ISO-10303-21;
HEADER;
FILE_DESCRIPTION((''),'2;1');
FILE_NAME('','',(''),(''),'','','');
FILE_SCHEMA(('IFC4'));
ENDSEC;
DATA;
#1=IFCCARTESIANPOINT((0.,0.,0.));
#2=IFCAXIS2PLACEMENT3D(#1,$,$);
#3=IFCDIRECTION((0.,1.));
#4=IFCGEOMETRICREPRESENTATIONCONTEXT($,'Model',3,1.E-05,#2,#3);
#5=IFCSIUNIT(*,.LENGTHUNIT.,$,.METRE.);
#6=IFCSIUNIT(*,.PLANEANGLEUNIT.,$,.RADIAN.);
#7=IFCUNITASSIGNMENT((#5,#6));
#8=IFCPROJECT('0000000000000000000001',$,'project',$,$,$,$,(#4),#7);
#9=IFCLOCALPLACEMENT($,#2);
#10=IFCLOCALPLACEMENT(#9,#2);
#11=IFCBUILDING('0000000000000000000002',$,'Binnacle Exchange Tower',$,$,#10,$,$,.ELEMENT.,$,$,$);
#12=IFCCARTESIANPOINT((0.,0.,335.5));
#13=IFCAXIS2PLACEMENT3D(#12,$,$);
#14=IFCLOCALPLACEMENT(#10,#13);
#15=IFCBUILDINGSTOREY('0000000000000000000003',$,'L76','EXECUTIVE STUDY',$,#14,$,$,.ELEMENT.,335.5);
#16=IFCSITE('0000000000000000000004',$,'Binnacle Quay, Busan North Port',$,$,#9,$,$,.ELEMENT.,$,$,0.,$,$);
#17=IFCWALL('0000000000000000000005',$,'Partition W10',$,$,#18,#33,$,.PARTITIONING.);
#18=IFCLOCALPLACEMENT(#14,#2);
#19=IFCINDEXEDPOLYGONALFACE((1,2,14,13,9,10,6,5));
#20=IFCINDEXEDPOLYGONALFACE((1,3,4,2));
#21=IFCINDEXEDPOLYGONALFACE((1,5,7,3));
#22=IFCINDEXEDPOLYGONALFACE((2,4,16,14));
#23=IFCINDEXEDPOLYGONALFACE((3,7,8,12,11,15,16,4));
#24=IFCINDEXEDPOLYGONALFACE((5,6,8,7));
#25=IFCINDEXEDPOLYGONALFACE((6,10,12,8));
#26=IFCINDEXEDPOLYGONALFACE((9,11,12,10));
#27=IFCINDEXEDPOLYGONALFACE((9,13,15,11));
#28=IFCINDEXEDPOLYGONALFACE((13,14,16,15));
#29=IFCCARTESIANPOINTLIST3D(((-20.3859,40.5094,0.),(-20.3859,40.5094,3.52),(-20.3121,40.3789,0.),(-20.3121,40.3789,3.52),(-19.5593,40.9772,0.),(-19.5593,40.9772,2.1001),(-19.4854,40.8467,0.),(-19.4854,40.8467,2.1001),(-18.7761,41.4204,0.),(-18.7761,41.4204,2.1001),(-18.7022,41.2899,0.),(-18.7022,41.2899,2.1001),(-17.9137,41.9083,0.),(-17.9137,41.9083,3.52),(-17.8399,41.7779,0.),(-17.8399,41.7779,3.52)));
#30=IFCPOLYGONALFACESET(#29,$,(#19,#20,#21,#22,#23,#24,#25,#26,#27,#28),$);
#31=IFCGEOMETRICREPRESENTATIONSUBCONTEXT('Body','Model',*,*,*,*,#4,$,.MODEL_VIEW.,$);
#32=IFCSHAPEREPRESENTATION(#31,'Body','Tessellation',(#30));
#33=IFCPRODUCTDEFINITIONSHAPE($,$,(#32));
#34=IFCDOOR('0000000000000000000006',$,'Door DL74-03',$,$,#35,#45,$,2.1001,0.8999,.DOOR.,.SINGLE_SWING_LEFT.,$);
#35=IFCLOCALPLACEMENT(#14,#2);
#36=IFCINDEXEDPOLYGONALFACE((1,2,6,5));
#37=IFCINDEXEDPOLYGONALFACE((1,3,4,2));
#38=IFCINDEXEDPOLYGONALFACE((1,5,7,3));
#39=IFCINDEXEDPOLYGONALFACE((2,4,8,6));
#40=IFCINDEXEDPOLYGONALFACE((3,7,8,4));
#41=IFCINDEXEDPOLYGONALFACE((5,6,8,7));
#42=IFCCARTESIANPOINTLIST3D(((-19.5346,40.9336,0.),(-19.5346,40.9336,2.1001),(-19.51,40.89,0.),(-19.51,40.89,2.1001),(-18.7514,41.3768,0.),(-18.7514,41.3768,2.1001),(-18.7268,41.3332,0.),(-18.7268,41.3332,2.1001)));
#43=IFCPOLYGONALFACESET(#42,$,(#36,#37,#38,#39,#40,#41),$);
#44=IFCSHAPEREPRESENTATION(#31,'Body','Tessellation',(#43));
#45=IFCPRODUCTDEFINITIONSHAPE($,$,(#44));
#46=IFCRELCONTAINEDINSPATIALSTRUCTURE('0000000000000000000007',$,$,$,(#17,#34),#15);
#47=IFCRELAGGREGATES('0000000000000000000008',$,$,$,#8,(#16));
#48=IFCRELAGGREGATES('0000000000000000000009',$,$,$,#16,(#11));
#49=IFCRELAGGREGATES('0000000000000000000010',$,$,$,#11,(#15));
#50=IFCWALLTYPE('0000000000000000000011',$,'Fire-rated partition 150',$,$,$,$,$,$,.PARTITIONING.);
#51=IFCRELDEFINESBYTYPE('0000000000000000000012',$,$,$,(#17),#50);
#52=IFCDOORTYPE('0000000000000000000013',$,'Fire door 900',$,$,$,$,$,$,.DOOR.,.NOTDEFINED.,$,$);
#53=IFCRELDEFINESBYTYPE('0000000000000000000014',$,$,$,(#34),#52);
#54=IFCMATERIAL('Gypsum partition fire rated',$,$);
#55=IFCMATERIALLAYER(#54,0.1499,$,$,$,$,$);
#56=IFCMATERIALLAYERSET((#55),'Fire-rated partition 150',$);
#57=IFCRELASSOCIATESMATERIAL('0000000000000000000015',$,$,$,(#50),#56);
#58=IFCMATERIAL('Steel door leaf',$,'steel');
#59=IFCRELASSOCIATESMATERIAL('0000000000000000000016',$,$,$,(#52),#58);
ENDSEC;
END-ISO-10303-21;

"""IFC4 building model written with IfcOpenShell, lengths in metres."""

from ifc_helpers import new_model, si_unit, direction, frame, frame_2d, origin, place, context, subcontext, project, spatial, rectangle, extrude, material, layer, layer_set, type_object, element, fill, save


model = new_model("IFC4")

# Units and contexts
model_context = context("Model", 3, precision=1e-05, world=origin(), true_north=direction((0.0, 1.0)))
body_context = subcontext(model_context, "Body", "Model", "MODEL_VIEW")
ifc_project = project(units=[si_unit("LENGTHUNIT", "METRE"), si_unit("PLANEANGLEUNIT", "RADIAN")], contexts=[model_context])

# Site, building, storey
site_placement = place(None, origin())
site = spatial("IfcSite", under=ifc_project, at=site_placement, Name="Binnacle Quay, Busan North Port", CompositionType="ELEMENT", RefElevation=0.0)
building_placement = place(site_placement, origin())
building = spatial("IfcBuilding", under=site, at=building_placement, Name="Binnacle Exchange Tower", CompositionType="ELEMENT")
storey_placement = place(building_placement, frame((0.0, 0.0, 335.5)))
storey = spatial("IfcBuildingStorey", under=building, at=storey_placement, Name="L76", Description="EXECUTIVE STUDY", CompositionType="ELEMENT", Elevation=335.5)

# Shared definitions
ifc_material_1 = material(Name="Steel door leaf", Category="steel")

# Shared definitions
ifc_material_2 = material(Name="Gypsum partition fire rated")
ifc_layer_1 = layer(ifc_material_2, 0.1499)
ifc_layer_set_1 = layer_set([ifc_layer_1], Name="Fire-rated partition 150")
wall_type_1 = type_object("IfcWallType", Name="Fire-rated partition 150", PredefinedType="PARTITIONING", material=ifc_layer_set_1)

# Wall, opening, door
wall_1_placement = place(storey_placement, frame((-20.3491, 40.4441, 0.0), z_axis=(0.0, 0.0, 1.0), x_axis=(0.870319, 0.492488, 0.0)))
wall_1 = element("IfcWall", 1, at=wall_1_placement, inside=storey, type_object=wall_type_1, Name="Partition W10", PredefinedType="PARTITIONING", context=body_context, shape_type="SweptSolid", body=[
    extrude(rectangle(XDim=2.8406, YDim=0.1499, at=frame_2d((1.4204, 0.0))), origin(), (0.0, 0.0, 1.0), 3.52),
])
opening_1_placement = place(wall_1_placement, frame((0.95, 0.0, 0.0)))
opening_1 = element("IfcOpeningElement", 2, at=opening_1_placement, cuts=wall_1, PredefinedType="OPENING", context=body_context, shape_type="SweptSolid", body=[
    extrude(rectangle(XDim=0.8999, YDim=2.1001, at=frame_2d((0.45, 1.05))), frame((0.0, 0.085, 0.0), z_axis=(0.0, -1.0, 0.0), x_axis=(1.0, 0.0, 0.0)), (0.0, 0.0, 1.0), 0.1699),
])
door_type_1 = type_object("IfcDoorType", Name="Fire door 900", OperationType="NOTDEFINED", PredefinedType="DOOR", material=ifc_material_1)
door_1_placement = place(opening_1_placement, origin())
door_1 = element("IfcDoor", 3, at=door_1_placement, inside=storey, type_object=door_type_1, Name="Door DL74-03", OperationType="SINGLE_SWING_LEFT", OverallHeight=2.1001, OverallWidth=0.8999, PredefinedType="DOOR", context=body_context, shape_type="SweptSolid", body=[
    extrude(rectangle(XDim=0.8999, YDim=2.1001, at=frame_2d((0.45, 1.05))), frame((0.0, 0.0249, 0.0), z_axis=(0.0, -1.0, 0.0), x_axis=(1.0, 0.0, 0.0)), (0.0, 0.0, 1.0), 0.05),
])
fill(opening_1, door_1)

save(model, "model.ifc")
